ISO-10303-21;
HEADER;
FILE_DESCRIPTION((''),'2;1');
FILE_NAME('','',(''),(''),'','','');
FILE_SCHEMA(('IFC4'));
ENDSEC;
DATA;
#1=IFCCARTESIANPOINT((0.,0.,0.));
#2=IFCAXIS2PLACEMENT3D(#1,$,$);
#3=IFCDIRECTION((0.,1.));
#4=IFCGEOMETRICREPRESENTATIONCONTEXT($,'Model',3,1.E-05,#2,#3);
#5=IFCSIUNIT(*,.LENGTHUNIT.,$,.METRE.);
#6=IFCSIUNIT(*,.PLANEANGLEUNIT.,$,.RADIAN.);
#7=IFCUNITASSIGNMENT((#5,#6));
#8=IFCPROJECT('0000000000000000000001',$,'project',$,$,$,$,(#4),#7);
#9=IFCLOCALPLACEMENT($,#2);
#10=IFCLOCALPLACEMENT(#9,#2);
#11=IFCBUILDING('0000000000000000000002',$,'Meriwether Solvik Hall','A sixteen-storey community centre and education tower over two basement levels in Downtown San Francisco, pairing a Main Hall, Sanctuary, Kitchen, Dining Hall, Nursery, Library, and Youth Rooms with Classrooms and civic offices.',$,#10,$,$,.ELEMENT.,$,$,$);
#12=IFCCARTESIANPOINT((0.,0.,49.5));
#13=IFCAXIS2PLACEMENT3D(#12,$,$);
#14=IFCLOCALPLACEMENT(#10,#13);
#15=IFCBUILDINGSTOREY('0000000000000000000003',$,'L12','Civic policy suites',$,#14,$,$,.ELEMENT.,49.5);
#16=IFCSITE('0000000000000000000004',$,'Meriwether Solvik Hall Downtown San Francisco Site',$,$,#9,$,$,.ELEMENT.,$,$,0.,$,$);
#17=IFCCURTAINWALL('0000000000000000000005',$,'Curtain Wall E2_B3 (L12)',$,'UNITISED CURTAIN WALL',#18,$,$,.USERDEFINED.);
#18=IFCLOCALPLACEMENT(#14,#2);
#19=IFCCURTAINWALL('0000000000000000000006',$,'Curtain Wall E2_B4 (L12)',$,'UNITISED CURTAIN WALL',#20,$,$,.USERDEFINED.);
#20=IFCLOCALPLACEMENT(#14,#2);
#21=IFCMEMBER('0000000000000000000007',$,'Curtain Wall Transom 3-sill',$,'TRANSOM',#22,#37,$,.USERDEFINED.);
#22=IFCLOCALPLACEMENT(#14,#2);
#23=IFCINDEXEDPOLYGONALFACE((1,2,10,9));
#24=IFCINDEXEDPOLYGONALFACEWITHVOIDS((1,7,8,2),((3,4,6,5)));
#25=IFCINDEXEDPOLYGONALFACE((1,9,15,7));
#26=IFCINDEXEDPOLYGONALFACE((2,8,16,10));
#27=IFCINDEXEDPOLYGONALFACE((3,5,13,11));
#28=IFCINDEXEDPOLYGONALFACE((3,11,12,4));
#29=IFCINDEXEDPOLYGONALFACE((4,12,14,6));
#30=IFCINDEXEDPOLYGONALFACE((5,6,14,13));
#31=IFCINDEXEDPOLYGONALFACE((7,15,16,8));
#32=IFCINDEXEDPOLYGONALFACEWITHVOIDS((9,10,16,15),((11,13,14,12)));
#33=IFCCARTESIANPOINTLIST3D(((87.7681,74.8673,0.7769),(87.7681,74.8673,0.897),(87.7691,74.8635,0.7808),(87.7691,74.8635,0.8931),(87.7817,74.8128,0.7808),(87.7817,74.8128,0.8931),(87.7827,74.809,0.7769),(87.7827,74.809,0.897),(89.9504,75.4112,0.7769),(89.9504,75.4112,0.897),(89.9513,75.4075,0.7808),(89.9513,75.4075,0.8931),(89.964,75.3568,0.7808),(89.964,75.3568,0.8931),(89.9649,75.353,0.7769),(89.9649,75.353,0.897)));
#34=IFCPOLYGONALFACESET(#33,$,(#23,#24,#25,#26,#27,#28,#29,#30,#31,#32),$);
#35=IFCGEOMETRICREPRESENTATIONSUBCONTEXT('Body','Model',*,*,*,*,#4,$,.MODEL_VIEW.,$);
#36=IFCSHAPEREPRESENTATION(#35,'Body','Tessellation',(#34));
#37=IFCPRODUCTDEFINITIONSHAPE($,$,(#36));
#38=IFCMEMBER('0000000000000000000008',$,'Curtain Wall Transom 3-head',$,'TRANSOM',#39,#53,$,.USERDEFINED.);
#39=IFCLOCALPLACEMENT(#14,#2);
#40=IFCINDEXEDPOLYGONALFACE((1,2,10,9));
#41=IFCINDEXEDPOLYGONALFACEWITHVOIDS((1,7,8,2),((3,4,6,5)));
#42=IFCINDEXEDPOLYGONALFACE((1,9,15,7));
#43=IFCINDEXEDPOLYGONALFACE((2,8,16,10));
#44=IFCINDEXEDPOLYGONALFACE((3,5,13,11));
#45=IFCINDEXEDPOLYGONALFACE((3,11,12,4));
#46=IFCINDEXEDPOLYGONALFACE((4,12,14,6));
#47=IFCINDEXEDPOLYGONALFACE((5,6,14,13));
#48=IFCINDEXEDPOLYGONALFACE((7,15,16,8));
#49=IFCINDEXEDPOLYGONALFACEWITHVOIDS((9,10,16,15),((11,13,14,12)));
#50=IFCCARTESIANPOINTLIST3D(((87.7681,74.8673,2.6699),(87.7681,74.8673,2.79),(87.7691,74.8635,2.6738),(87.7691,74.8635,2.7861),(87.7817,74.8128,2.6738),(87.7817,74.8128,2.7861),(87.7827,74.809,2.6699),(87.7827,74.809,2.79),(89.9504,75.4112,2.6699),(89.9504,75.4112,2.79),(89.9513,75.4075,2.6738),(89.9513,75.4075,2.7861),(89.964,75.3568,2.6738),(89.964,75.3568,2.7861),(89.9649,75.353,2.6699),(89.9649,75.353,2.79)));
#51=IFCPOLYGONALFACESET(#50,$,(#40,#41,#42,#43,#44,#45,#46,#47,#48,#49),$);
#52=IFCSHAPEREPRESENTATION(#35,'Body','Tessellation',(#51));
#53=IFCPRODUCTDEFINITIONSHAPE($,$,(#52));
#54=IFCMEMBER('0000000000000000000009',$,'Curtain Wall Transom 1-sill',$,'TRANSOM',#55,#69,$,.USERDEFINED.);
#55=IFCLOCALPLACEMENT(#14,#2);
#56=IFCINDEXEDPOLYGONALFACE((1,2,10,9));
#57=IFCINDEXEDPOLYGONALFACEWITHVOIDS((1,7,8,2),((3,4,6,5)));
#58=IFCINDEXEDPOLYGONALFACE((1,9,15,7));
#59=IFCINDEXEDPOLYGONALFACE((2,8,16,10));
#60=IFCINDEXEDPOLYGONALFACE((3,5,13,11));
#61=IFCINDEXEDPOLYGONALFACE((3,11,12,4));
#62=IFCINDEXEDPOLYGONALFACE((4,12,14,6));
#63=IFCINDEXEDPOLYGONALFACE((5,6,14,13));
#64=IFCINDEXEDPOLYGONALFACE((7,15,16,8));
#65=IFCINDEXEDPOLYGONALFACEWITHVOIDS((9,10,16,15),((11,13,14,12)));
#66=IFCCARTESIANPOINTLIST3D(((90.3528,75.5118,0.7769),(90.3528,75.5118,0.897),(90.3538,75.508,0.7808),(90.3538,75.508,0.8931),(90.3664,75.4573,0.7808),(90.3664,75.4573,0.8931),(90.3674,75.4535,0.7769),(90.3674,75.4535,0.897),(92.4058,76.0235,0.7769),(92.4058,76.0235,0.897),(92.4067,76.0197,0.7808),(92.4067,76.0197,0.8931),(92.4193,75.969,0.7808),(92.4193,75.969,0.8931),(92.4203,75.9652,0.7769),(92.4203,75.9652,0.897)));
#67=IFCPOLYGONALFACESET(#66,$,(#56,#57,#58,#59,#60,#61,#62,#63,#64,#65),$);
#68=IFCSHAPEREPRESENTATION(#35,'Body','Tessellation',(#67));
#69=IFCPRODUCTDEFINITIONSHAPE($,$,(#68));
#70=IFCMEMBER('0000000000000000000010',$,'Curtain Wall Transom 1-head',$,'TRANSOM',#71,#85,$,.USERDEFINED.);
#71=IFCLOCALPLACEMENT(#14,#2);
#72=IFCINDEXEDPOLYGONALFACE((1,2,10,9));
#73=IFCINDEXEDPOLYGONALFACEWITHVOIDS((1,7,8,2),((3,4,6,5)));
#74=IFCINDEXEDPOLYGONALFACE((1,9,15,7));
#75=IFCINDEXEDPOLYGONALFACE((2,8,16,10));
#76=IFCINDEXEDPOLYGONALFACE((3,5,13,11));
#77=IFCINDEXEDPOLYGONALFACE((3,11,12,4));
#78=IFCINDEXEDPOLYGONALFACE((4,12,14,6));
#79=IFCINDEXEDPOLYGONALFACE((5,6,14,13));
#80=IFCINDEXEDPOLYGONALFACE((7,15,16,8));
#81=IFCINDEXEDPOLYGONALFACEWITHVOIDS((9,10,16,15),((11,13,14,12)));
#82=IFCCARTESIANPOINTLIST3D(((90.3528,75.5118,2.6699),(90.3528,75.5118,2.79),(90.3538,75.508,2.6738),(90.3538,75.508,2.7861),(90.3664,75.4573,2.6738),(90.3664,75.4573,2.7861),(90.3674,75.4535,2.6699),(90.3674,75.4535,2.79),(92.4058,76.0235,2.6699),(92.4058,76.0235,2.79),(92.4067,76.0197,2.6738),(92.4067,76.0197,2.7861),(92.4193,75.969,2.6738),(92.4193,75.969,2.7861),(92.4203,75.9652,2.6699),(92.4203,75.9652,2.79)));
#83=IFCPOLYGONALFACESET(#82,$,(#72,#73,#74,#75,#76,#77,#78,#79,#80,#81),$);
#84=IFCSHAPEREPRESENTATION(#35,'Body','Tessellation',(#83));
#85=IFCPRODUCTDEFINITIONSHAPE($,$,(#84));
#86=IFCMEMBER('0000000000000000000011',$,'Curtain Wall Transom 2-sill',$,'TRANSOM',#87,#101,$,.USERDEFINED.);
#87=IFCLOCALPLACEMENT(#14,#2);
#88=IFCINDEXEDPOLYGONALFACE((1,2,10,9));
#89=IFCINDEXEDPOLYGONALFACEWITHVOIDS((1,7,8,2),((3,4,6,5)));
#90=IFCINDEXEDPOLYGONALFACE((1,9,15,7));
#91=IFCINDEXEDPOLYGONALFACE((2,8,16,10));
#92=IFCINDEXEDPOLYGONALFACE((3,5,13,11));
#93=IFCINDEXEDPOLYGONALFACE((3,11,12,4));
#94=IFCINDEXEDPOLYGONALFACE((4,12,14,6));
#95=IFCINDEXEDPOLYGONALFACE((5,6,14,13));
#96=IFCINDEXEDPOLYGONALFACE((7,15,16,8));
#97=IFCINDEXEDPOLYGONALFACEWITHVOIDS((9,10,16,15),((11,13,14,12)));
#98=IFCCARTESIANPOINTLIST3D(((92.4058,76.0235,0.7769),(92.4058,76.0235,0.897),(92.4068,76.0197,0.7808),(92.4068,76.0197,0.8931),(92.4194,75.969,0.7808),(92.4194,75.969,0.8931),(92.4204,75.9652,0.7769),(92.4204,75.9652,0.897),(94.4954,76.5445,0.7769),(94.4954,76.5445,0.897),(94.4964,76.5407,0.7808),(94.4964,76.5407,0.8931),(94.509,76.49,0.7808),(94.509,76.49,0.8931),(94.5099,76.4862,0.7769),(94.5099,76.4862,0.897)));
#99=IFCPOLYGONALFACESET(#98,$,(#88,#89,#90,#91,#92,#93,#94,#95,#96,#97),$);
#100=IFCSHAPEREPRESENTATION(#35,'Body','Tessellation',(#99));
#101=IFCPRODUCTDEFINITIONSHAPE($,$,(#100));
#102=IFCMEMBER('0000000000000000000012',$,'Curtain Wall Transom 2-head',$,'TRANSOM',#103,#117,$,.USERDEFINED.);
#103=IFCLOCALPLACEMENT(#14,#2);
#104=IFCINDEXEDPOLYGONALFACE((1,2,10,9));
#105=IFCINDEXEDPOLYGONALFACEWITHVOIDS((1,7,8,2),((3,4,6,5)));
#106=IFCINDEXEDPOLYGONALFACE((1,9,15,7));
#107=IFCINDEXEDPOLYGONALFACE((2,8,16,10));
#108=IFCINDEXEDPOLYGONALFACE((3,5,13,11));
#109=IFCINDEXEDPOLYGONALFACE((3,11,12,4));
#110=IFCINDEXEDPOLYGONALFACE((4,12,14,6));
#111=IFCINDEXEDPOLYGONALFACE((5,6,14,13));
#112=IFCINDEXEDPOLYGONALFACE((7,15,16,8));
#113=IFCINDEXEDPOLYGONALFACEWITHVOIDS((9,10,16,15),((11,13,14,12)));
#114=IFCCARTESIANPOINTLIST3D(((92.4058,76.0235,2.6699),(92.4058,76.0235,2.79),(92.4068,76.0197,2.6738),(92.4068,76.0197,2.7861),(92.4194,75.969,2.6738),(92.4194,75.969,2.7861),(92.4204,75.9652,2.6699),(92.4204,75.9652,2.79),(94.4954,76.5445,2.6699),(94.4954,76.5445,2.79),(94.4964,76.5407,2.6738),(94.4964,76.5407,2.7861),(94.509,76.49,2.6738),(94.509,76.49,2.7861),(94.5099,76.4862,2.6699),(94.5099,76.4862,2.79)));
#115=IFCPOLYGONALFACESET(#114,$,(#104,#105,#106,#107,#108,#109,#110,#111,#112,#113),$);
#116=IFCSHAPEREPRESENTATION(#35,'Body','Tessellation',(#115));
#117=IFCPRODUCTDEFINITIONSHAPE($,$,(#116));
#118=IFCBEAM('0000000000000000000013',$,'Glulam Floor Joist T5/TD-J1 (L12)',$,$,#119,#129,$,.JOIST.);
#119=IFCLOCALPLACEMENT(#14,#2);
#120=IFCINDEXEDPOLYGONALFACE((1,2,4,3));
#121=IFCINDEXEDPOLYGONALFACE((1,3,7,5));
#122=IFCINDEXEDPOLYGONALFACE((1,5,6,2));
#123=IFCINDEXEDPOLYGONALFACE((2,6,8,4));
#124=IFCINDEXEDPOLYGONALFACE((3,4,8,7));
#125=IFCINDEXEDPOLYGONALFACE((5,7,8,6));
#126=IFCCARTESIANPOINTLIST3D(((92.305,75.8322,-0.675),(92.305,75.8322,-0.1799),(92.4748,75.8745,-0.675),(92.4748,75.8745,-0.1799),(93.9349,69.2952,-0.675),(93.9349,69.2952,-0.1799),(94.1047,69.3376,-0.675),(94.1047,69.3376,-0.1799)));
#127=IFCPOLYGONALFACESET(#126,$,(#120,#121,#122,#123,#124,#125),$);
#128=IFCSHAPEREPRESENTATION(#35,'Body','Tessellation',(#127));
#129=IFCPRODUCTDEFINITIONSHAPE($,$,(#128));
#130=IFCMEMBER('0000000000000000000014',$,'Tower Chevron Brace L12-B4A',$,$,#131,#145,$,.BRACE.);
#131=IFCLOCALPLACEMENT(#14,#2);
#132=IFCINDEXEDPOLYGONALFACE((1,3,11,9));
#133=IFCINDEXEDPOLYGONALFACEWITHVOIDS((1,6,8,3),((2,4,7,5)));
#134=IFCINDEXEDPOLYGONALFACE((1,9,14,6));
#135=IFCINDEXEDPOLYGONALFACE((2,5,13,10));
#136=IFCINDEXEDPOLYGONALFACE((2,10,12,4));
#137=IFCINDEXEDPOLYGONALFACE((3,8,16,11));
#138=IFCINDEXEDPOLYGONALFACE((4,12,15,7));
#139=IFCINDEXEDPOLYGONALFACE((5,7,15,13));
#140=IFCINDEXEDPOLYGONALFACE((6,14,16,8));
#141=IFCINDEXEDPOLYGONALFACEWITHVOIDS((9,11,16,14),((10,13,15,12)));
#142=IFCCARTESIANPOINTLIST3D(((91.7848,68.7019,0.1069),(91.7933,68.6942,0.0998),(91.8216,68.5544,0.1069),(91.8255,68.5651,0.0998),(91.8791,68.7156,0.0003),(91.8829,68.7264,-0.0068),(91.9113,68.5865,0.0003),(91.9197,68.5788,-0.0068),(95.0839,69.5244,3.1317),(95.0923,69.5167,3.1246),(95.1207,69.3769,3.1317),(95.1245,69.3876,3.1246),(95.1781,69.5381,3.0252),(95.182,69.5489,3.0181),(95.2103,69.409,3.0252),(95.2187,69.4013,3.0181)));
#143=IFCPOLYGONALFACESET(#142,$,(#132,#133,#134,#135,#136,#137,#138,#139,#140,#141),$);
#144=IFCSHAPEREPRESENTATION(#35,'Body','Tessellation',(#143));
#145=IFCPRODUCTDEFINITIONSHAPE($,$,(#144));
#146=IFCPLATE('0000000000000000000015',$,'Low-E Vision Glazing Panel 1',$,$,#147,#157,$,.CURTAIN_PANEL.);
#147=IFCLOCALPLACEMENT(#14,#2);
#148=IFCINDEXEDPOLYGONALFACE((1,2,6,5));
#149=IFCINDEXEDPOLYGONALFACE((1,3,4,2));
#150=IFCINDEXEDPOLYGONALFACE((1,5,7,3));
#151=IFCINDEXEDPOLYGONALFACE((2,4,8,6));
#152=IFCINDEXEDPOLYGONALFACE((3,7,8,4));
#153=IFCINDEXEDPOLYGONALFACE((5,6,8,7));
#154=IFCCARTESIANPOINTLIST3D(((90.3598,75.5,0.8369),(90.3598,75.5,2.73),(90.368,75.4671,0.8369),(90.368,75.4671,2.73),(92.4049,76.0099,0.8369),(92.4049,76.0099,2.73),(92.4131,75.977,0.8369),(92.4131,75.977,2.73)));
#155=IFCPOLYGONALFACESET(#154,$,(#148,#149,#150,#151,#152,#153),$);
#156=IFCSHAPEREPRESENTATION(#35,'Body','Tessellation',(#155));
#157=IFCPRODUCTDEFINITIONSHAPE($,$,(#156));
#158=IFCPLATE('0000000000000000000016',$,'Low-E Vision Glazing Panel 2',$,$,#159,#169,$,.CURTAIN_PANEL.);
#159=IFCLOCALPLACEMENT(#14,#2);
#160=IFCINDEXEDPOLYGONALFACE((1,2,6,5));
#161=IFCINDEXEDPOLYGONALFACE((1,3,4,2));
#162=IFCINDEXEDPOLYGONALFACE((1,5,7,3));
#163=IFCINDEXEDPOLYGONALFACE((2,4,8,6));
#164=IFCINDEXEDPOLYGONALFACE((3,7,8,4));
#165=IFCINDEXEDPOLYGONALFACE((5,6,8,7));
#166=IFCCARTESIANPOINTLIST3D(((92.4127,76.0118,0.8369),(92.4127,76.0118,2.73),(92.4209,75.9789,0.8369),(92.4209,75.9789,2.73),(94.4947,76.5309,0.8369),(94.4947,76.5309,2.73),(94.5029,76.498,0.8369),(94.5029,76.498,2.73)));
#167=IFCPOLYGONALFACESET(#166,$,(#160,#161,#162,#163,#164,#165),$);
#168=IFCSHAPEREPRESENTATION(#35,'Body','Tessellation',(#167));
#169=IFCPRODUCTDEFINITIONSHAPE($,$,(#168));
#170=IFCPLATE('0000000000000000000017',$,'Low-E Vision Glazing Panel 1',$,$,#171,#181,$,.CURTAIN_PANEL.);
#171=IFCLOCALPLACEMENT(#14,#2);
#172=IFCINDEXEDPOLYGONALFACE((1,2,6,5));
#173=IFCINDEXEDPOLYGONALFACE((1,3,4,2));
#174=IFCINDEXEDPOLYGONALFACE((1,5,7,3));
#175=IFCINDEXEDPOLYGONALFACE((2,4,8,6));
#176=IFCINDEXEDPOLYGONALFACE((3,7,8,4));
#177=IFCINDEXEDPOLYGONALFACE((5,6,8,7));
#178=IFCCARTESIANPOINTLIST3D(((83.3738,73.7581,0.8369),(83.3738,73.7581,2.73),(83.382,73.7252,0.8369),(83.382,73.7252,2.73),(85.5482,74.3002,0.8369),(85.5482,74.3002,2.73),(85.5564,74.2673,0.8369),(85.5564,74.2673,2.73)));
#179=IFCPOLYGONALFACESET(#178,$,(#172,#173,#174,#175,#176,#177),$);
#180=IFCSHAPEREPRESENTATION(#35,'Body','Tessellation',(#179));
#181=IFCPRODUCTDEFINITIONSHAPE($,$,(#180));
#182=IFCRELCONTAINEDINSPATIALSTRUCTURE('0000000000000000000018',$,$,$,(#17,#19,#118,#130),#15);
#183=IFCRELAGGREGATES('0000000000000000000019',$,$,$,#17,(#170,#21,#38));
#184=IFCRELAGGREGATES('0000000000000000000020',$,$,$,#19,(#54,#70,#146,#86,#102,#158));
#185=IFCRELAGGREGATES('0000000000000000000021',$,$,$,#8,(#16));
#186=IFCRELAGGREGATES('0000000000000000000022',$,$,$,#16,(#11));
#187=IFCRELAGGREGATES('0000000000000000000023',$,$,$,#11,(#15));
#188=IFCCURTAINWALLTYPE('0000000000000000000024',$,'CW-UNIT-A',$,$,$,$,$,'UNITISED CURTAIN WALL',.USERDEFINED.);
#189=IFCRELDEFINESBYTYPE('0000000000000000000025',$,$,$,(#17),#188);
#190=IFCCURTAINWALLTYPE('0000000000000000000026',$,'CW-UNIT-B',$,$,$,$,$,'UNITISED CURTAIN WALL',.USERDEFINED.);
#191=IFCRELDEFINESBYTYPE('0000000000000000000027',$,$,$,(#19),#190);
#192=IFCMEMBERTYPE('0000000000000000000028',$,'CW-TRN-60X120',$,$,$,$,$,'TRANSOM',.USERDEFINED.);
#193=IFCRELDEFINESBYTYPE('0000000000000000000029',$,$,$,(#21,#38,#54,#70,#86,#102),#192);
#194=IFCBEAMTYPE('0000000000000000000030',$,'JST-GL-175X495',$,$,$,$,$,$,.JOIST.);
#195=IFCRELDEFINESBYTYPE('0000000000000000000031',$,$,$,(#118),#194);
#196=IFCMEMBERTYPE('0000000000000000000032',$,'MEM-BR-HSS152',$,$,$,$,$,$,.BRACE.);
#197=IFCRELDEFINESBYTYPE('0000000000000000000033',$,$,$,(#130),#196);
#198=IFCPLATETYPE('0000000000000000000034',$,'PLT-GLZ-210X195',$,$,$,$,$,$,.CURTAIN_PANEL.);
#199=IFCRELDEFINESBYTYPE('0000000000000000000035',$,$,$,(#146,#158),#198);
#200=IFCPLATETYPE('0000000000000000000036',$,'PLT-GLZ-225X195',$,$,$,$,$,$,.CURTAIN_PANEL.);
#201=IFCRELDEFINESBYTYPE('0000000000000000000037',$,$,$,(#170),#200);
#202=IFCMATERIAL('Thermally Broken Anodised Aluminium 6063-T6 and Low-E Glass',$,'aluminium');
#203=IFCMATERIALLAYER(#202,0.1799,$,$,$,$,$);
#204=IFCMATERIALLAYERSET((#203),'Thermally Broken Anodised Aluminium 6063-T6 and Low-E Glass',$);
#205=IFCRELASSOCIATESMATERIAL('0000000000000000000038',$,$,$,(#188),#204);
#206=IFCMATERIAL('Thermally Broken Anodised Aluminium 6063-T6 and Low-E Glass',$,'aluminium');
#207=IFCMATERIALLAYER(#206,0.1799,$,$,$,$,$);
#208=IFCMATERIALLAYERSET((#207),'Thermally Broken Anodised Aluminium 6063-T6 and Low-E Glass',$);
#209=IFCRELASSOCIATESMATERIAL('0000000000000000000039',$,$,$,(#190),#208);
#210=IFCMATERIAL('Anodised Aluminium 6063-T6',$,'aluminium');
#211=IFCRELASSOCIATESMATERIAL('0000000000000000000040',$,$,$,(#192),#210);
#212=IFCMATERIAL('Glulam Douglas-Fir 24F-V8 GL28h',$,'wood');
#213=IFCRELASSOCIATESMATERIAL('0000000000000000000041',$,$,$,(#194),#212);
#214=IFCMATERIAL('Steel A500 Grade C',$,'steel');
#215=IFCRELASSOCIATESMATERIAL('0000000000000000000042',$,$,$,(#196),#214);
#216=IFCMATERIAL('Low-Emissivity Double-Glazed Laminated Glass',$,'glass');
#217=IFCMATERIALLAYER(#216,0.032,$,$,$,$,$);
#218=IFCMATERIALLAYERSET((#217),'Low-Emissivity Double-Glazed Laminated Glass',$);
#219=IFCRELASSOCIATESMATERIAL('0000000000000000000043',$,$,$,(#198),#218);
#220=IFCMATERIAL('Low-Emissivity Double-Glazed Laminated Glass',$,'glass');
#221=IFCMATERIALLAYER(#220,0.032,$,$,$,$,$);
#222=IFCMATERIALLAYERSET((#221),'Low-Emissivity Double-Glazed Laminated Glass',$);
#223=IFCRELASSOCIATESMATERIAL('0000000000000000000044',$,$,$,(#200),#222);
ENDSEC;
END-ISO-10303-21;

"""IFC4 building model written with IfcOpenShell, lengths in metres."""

from ifc_helpers import new_model, si_unit, direction, frame, origin, origin_2d, place, context, subcontext, project, spatial, rectangle, hollow_rectangle, extrude, material, layer, layer_set, material_profile, profile_set, type_object, element, aggregate, save


model = new_model("IFC4")

# Units and contexts
model_context = context("Model", 3, precision=1e-05, world=origin(), true_north=direction((0.0, 1.0)))
body_context = subcontext(model_context, "Body", "Model", "MODEL_VIEW")
ifc_project = project(units=[si_unit("LENGTHUNIT", "METRE"), si_unit("PLANEANGLEUNIT", "RADIAN")], contexts=[model_context])

# Site, building, storey
site_placement = place(None, origin())
site = spatial("IfcSite", under=ifc_project, at=site_placement, Name="Meriwether Solvik Hall Downtown San Francisco Site", CompositionType="ELEMENT", RefElevation=0.0)
building_placement = place(site_placement, origin())
building = spatial("IfcBuilding", under=site, at=building_placement, Name="Meriwether Solvik Hall", Description="A sixteen-storey community centre and education tower over two basement levels in Downtown San Francisco, pairing a Main Hall, Sanctuary, Kitchen, Dining Hall, Nursery, Library, and Youth Rooms with Classrooms and civic offices.", CompositionType="ELEMENT")
storey_placement = place(building_placement, frame((0.0, 0.0, 49.5)))
storey = spatial("IfcBuildingStorey", under=building, at=storey_placement, Name="L12", Description="Civic policy suites", CompositionType="ELEMENT", Elevation=49.5)

# Curtain walls
ifc_material_1 = material(Name="Thermally Broken Anodised Aluminium 6063-T6 and Low-E Glass", Category="aluminium")
ifc_layer_1 = layer(ifc_material_1, 0.1799)
ifc_layer_set_1 = layer_set([ifc_layer_1], Name="Thermally Broken Anodised Aluminium 6063-T6 and Low-E Glass")
curtain_wall_type_1 = type_object("IfcCurtainWallType", Name="CW-UNIT-A", ElementType="UNITISED CURTAIN WALL", PredefinedType="USERDEFINED", material=ifc_layer_set_1)
curtain_wall_1_placement = place(storey_placement, origin())
curtain_wall_1 = element("IfcCurtainWall", 1, at=curtain_wall_1_placement, inside=storey, type_object=curtain_wall_type_1, Name="Curtain Wall E2_B3 (L12)", ObjectType="UNITISED CURTAIN WALL", PredefinedType="USERDEFINED")
ifc_material_2 = material(Name="Thermally Broken Anodised Aluminium 6063-T6 and Low-E Glass", Category="aluminium")
ifc_layer_2 = layer(ifc_material_2, 0.1799)
ifc_layer_set_2 = layer_set([ifc_layer_2], Name="Thermally Broken Anodised Aluminium 6063-T6 and Low-E Glass")
curtain_wall_type_2 = type_object("IfcCurtainWallType", Name="CW-UNIT-B", ElementType="UNITISED CURTAIN WALL", PredefinedType="USERDEFINED", material=ifc_layer_set_2)
curtain_wall_2_placement = place(storey_placement, origin())
curtain_wall_2 = element("IfcCurtainWall", 2, at=curtain_wall_2_placement, inside=storey, type_object=curtain_wall_type_2, Name="Curtain Wall E2_B4 (L12)", ObjectType="UNITISED CURTAIN WALL", PredefinedType="USERDEFINED")

# Members
ifc_material_3 = material(Name="Anodised Aluminium 6063-T6", Category="aluminium")
ifc_material_profile_1 = material_profile(ifc_material_3, hollow_rectangle(XDim=0.0601, YDim=0.1201, WallThickness=0.0039, at=origin_2d()), Name="CWT-60X120")
ifc_profile_set_1 = profile_set([ifc_material_profile_1], Name="Anodised Aluminium 6063-T6")
member_type_1 = type_object("IfcMemberType", Name="CW-TRN-60X120", ElementType="TRANSOM", PredefinedType="USERDEFINED", material=ifc_profile_set_1)
member_1_placement = place(storey_placement, frame((87.7754, 74.8381, 0.8369), z_axis=(0.970308, 0.241871, 0.0), x_axis=(-0.241871, 0.970308, 0.0)))
member_1 = element("IfcMember", 3, at=member_1_placement, type_object=member_type_1, Name="Curtain Wall Transom 3-sill", ObjectType="TRANSOM", PredefinedType="USERDEFINED", context=body_context, shape_type="SweptSolid", body=[
    extrude(hollow_rectangle(XDim=0.0601, YDim=0.1201, WallThickness=0.0039, at=origin_2d()), origin(), (0.0, 0.0, 1.0), 2.249),
])
member_2_placement = place(storey_placement, frame((87.7754, 74.8381, 2.73), z_axis=(0.970308, 0.241871, 0.0), x_axis=(-0.241871, 0.970308, 0.0)))
member_2 = element("IfcMember", 4, at=member_2_placement, type_object=member_type_1, Name="Curtain Wall Transom 3-head", ObjectType="TRANSOM", PredefinedType="USERDEFINED", context=body_context, shape_type="SweptSolid", body=[
    extrude(hollow_rectangle(XDim=0.0601, YDim=0.1201, WallThickness=0.0039, at=origin_2d()), origin(), (0.0, 0.0, 1.0), 2.249),
])
member_3_placement = place(storey_placement, frame((90.3601, 75.4827, 0.8369), z_axis=(0.970312, 0.241857, 0.0), x_axis=(-0.241857, 0.970312, 0.0)))
member_3 = element("IfcMember", 5, at=member_3_placement, type_object=member_type_1, Name="Curtain Wall Transom 1-sill", ObjectType="TRANSOM", PredefinedType="USERDEFINED", context=body_context, shape_type="SweptSolid", body=[
    extrude(hollow_rectangle(XDim=0.0601, YDim=0.1201, WallThickness=0.0039, at=origin_2d()), origin(), (0.0, 0.0, 1.0), 2.1157),
])
member_4_placement = place(storey_placement, frame((90.3601, 75.4827, 2.73), z_axis=(0.970312, 0.241857, 0.0), x_axis=(-0.241857, 0.970312, 0.0)))
member_4 = element("IfcMember", 6, at=member_4_placement, type_object=member_type_1, Name="Curtain Wall Transom 1-head", ObjectType="TRANSOM", PredefinedType="USERDEFINED", context=body_context, shape_type="SweptSolid", body=[
    extrude(hollow_rectangle(XDim=0.0601, YDim=0.1201, WallThickness=0.0039, at=origin_2d()), origin(), (0.0, 0.0, 1.0), 2.1157),
])
member_5_placement = place(storey_placement, frame((92.4131, 75.9944, 0.8369), z_axis=(0.970296, 0.241922, 0.0), x_axis=(-0.241922, 0.970296, 0.0)))
member_5 = element("IfcMember", 7, at=member_5_placement, type_object=member_type_1, Name="Curtain Wall Transom 2-sill", ObjectType="TRANSOM", PredefinedType="USERDEFINED", context=body_context, shape_type="SweptSolid", body=[
    extrude(hollow_rectangle(XDim=0.0601, YDim=0.1201, WallThickness=0.0039, at=origin_2d()), origin(), (0.0, 0.0, 1.0), 2.1536),
])
member_6_placement = place(storey_placement, frame((92.4131, 75.9944, 2.73), z_axis=(0.970296, 0.241922, 0.0), x_axis=(-0.241922, 0.970296, 0.0)))
member_6 = element("IfcMember", 8, at=member_6_placement, type_object=member_type_1, Name="Curtain Wall Transom 2-head", ObjectType="TRANSOM", PredefinedType="USERDEFINED", context=body_context, shape_type="SweptSolid", body=[
    extrude(hollow_rectangle(XDim=0.0601, YDim=0.1201, WallThickness=0.0039, at=origin_2d()), origin(), (0.0, 0.0, 1.0), 2.1536),
])

# Beam
ifc_material_4 = material(Name="Glulam Douglas-Fir 24F-V8 GL28h", Category="wood")
ifc_material_profile_2 = material_profile(ifc_material_4, rectangle(XDim=0.175, YDim=0.4951, at=origin_2d()), Name="GLJ-175X495")
ifc_profile_set_2 = profile_set([ifc_material_profile_2], Name="Glulam Douglas-Fir 24F-V8 GL28h")
beam_type_1 = type_object("IfcBeamType", Name="JST-GL-175X495", PredefinedType="JOIST", material=ifc_profile_set_2)
beam_1_placement = place(storey_placement, frame((94.0198, 69.3164, -0.4275), z_axis=(-0.24193, 0.970294, 0.0), x_axis=(-0.970294, -0.24193, 0.0)))
element("IfcBeam", 9, at=beam_1_placement, inside=storey, type_object=beam_type_1, Name="Glulam Floor Joist T5/TD-J1 (L12)", PredefinedType="JOIST", context=body_context, shape_type="SweptSolid", body=[
    extrude(rectangle(XDim=0.175, YDim=0.4951, at=origin_2d()), origin(), (0.0, 0.0, 1.0), 6.7371),
])

# Member
ifc_material_5 = material(Name="Steel A500 Grade C", Category="steel")
ifc_material_profile_3 = material_profile(ifc_material_5, hollow_rectangle(XDim=0.1521, YDim=0.1521, WallThickness=0.0095, at=origin_2d()), Name="HSS152X152X9.5")
ifc_profile_set_3 = profile_set([ifc_material_profile_3], Name="Steel A500 Grade C")
member_type_2 = type_object("IfcMemberType", Name="MEM-BR-HSS152", PredefinedType="BRACE", material=ifc_profile_set_3)
member_7_placement = place(storey_placement, frame((91.8523, 68.6404, 0.05), z_axis=(0.724932, 0.180737, 0.664686), x_axis=(-0.24191, 0.970299, 0.0)))
element("IfcMember", 10, at=member_7_placement, inside=storey, type_object=member_type_2, Name="Tower Chevron Brace L12-B4A", PredefinedType="BRACE", context=body_context, shape_type="SweptSolid", body=[
    extrude(hollow_rectangle(XDim=0.1521, YDim=0.1521, WallThickness=0.0095, at=origin_2d()), origin(), (0.0, 0.0, 1.0), 4.5508),
])

# Plates
ifc_material_6 = material(Name="Low-Emissivity Double-Glazed Laminated Glass", Category="glass")
ifc_layer_3 = layer(ifc_material_6, 0.032)
ifc_layer_set_3 = layer_set([ifc_layer_3], Name="Low-Emissivity Double-Glazed Laminated Glass")
plate_type_1 = type_object("IfcPlateType", Name="PLT-GLZ-210X195", PredefinedType="CURTAIN_PANEL", material=ifc_layer_set_3)
plate_1_placement = place(storey_placement, frame((91.3865, 75.7385, 0.8369), z_axis=(0.0, 0.0, 1.0), x_axis=(0.970296, 0.241922, 0.0)))
plate_1 = element("IfcPlate", 11, at=plate_1_placement, type_object=plate_type_1, Name="Low-E Vision Glazing Panel 1", PredefinedType="CURTAIN_PANEL", context=body_context, shape_type="SweptSolid", body=[
    extrude(rectangle(XDim=2.1077, YDim=0.0339, at=origin_2d()), origin(), (0.0, 0.0, 1.0), 1.8931),
])
plate_2_placement = place(storey_placement, frame((93.4578, 76.2549, 0.8369), z_axis=(0.0, 0.0, 1.0), x_axis=(0.970296, 0.241922, 0.0)))
plate_2 = element("IfcPlate", 12, at=plate_2_placement, type_object=plate_type_1, Name="Low-E Vision Glazing Panel 2", PredefinedType="CURTAIN_PANEL", context=body_context, shape_type="SweptSolid", body=[
    extrude(rectangle(XDim=2.1458, YDim=0.0339, at=origin_2d()), origin(), (0.0, 0.0, 1.0), 1.8931),
])
ifc_material_7 = material(Name="Low-Emissivity Double-Glazed Laminated Glass", Category="glass")
ifc_layer_4 = layer(ifc_material_7, 0.032)
ifc_layer_set_4 = layer_set([ifc_layer_4], Name="Low-Emissivity Double-Glazed Laminated Glass")
plate_type_2 = type_object("IfcPlateType", Name="PLT-GLZ-225X195", PredefinedType="CURTAIN_PANEL", material=ifc_layer_set_4)
plate_3_placement = place(storey_placement, frame((84.4651, 74.0127, 0.8369), z_axis=(0.0, 0.0, 1.0), x_axis=(0.970296, 0.241922, 0.0)))
plate_3 = element("IfcPlate", 13, at=plate_3_placement, type_object=plate_type_2, Name="Low-E Vision Glazing Panel 1", PredefinedType="CURTAIN_PANEL", context=body_context, shape_type="SweptSolid", body=[
    extrude(rectangle(XDim=2.241, YDim=0.0339, at=origin_2d()), origin(), (0.0, 0.0, 1.0), 1.8931),
])
aggregate(curtain_wall_1, [plate_3, member_1, member_2])
aggregate(curtain_wall_2, [member_3, member_4, plate_1, member_5, member_6, plate_2])

save(model, "model.ifc")
